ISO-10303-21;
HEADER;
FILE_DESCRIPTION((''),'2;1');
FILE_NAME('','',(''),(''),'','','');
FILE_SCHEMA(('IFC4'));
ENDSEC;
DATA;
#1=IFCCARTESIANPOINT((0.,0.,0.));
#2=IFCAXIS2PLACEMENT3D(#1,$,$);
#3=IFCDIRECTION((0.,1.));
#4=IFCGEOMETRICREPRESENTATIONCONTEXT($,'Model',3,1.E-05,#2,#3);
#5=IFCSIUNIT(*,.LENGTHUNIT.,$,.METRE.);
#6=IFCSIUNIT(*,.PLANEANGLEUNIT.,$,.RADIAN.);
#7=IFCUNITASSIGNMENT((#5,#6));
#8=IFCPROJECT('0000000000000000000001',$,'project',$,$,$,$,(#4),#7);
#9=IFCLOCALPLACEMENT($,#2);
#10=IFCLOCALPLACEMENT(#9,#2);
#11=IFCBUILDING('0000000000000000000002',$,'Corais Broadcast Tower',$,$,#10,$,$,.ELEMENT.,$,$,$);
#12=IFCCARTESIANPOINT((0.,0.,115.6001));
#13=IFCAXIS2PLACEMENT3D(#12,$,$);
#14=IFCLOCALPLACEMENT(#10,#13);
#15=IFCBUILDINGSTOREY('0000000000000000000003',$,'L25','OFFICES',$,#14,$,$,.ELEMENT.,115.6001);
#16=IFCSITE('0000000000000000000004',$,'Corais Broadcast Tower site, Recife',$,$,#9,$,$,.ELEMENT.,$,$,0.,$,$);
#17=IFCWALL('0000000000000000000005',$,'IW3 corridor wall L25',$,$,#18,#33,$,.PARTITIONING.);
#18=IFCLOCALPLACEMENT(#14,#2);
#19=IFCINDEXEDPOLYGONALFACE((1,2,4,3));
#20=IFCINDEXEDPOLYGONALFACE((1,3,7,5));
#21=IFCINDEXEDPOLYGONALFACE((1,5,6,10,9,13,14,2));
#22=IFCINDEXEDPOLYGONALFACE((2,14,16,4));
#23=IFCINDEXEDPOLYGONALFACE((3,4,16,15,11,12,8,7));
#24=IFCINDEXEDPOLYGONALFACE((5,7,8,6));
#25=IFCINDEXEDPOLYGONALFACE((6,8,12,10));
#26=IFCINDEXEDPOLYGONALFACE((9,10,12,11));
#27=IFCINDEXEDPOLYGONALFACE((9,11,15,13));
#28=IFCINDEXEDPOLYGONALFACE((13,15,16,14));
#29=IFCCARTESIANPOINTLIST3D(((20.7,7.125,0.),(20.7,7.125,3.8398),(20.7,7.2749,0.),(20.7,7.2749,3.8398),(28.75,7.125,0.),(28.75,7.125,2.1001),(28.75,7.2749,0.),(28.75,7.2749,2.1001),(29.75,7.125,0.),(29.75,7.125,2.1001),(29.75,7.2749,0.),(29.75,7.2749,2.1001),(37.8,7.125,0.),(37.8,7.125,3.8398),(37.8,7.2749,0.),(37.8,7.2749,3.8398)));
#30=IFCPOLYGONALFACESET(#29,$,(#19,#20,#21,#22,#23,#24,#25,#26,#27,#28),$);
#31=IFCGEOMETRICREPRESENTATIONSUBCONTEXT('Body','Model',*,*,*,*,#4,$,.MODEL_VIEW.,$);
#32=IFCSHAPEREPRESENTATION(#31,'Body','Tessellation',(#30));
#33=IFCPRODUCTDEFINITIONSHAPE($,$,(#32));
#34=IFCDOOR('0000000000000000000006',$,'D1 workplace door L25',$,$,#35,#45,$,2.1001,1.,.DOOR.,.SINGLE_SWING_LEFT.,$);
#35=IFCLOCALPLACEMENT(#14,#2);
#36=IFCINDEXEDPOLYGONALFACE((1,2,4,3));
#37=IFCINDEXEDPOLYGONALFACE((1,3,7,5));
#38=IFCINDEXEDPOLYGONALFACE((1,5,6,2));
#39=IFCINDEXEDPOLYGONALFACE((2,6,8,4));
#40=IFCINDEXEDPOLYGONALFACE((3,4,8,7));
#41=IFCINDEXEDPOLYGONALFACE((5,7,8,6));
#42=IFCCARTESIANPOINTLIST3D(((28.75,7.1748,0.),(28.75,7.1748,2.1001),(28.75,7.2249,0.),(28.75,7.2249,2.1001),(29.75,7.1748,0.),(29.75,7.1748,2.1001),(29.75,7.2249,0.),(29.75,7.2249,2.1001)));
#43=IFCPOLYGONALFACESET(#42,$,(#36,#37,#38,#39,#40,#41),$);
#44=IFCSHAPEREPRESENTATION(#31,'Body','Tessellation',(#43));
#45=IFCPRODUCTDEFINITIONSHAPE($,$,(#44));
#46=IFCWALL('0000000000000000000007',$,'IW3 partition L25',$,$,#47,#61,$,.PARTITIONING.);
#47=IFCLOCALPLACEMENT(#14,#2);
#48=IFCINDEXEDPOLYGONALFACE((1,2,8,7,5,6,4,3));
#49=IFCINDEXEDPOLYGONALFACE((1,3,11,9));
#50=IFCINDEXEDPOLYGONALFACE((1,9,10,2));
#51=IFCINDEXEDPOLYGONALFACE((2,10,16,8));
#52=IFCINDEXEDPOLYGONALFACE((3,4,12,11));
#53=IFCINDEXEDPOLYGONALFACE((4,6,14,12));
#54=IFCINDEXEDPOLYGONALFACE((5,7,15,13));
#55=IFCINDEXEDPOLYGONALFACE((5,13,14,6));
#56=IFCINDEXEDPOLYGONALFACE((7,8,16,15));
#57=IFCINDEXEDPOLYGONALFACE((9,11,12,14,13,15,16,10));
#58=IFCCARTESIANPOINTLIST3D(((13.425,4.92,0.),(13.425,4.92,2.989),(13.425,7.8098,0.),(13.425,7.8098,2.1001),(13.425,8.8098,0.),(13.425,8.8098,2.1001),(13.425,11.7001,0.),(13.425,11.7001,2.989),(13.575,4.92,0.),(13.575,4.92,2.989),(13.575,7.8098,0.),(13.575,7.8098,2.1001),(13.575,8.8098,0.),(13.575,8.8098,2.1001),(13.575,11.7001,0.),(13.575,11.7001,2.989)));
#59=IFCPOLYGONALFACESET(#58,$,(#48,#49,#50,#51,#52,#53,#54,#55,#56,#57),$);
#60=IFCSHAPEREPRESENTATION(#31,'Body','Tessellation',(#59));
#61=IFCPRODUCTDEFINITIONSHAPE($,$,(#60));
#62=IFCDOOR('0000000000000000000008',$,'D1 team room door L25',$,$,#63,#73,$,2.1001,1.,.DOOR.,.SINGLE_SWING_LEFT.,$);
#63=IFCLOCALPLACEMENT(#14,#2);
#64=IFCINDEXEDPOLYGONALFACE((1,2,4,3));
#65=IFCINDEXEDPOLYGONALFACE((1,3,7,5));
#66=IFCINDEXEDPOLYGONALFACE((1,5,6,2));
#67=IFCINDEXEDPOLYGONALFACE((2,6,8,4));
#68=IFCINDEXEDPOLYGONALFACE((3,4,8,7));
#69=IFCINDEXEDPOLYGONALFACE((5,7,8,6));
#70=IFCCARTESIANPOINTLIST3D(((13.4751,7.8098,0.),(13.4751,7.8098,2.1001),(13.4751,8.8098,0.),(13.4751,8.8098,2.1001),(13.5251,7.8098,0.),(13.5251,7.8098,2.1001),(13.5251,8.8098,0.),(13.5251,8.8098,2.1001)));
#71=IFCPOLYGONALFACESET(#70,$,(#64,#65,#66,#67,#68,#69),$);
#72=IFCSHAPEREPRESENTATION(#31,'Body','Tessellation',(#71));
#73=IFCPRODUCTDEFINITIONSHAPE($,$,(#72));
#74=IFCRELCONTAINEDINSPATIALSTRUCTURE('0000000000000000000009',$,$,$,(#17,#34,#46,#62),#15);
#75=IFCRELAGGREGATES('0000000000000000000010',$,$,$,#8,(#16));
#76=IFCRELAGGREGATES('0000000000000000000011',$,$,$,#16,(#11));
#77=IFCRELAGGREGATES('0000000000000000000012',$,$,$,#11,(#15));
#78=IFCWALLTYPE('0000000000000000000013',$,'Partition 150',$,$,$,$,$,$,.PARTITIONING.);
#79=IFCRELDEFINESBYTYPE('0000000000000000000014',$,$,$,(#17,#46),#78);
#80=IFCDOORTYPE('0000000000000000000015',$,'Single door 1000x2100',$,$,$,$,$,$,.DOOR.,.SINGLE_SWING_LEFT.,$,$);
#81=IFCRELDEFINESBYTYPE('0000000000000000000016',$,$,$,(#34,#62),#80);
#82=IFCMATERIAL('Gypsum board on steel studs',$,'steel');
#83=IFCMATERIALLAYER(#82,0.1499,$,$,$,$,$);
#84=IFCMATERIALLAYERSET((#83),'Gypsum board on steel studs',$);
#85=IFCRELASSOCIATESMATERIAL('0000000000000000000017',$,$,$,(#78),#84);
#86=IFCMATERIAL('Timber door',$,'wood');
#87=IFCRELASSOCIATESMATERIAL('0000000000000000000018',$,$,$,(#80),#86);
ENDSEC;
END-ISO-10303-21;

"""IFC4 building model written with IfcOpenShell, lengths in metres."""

from ifc_helpers import new_model, si_unit, direction, frame, frame_2d, origin, place, context, subcontext, project, spatial, rectangle, extrude, material, layer, layer_set, type_object, element, fill, save


model = new_model("IFC4")

# Units and contexts
model_context = context("Model", 3, precision=1e-05, world=origin(), true_north=direction((0.0, 1.0)))
body_context = subcontext(model_context, "Body", "Model", "MODEL_VIEW")
ifc_project = project(units=[si_unit("LENGTHUNIT", "METRE"), si_unit("PLANEANGLEUNIT", "RADIAN")], contexts=[model_context])

# Site, building, storey
site_placement = place(None, origin())
site = spatial("IfcSite", under=ifc_project, at=site_placement, Name="Corais Broadcast Tower site, Recife", CompositionType="ELEMENT", RefElevation=0.0)
building_placement = place(site_placement, origin())
building = spatial("IfcBuilding", under=site, at=building_placement, Name="Corais Broadcast Tower", CompositionType="ELEMENT")
storey_placement = place(building_placement, frame((0.0, 0.0, 115.6001)))
storey = spatial("IfcBuildingStorey", under=building, at=storey_placement, Name="L25", Description="OFFICES", CompositionType="ELEMENT", Elevation=115.6001)

# Walls, openings, doors
ifc_material_1 = material(Name="Gypsum board on steel studs", Category="steel")
ifc_layer_1 = layer(ifc_material_1, 0.1499)
ifc_layer_set_1 = layer_set([ifc_layer_1], Name="Gypsum board on steel studs")
wall_type = type_object("IfcWallType", Name="Partition 150", PredefinedType="PARTITIONING", material=ifc_layer_set_1)
wall_1_placement = place(storey_placement, frame((20.7, 7.2, 0.0), z_axis=(0.0, 0.0, 1.0), x_axis=(1.0, 0.0, 0.0)))
wall_1 = element("IfcWall", 1, at=wall_1_placement, inside=storey, type_object=wall_type, Name="IW3 corridor wall L25", PredefinedType="PARTITIONING", context=body_context, shape_type="SweptSolid", body=[
    extrude(rectangle(XDim=17.1001, YDim=0.1499, at=frame_2d((8.55, 0.0))), origin(), (0.0, 0.0, 1.0), 3.8398),
])
opening_1_placement = place(wall_1_placement, frame((8.05, 0.0, 0.0)))
opening_1 = element("IfcOpeningElement", 2, at=opening_1_placement, cuts=wall_1, PredefinedType="OPENING", context=body_context, shape_type="SweptSolid", body=[
    extrude(rectangle(XDim=1.0, YDim=2.1001, at=frame_2d((0.5, 1.05))), frame((0.0, 0.085, 0.0), z_axis=(0.0, -1.0, 0.0), x_axis=(1.0, 0.0, 0.0)), (0.0, 0.0, 1.0), 0.1699),
])
ifc_material_2 = material(Name="Timber door", Category="wood")
door_type = type_object("IfcDoorType", Name="Single door 1000x2100", OperationType="SINGLE_SWING_LEFT", PredefinedType="DOOR", material=ifc_material_2)
door_1_placement = place(opening_1_placement, origin())
door_1 = element("IfcDoor", 3, at=door_1_placement, inside=storey, type_object=door_type, Name="D1 workplace door L25", OperationType="SINGLE_SWING_LEFT", OverallHeight=2.1001, OverallWidth=1.0, PredefinedType="DOOR", context=body_context, shape_type="SweptSolid", body=[
    extrude(rectangle(XDim=1.0, YDim=2.1001, at=frame_2d((0.5, 1.05))), frame((0.0, 0.0249, 0.0), z_axis=(0.0, -1.0, 0.0), x_axis=(1.0, 0.0, 0.0)), (0.0, 0.0, 1.0), 0.05),
])
fill(opening_1, door_1)
wall_2_placement = place(storey_placement, frame((13.5, 4.9199, 0.0), z_axis=(0.0, 0.0, 1.0), x_axis=(0.0, 1.0, 0.0)))
wall_2 = element("IfcWall", 4, at=wall_2_placement, inside=storey, type_object=wall_type, Name="IW3 partition L25", PredefinedType="PARTITIONING", context=body_context, shape_type="SweptSolid", body=[
    extrude(rectangle(XDim=6.78, YDim=0.1499, at=frame_2d((3.3901, 0.0))), origin(), (0.0, 0.0, 1.0), 2.989),
])
opening_2_placement = place(wall_2_placement, frame((2.8899, 0.0, 0.0)))
opening_2 = element("IfcOpeningElement", 5, at=opening_2_placement, cuts=wall_2, PredefinedType="OPENING", context=body_context, shape_type="SweptSolid", body=[
    extrude(rectangle(XDim=1.0, YDim=2.1001, at=frame_2d((0.5, 1.05))), frame((0.0, 0.085, 0.0), z_axis=(0.0, -1.0, 0.0), x_axis=(1.0, 0.0, 0.0)), (0.0, 0.0, 1.0), 0.1699),
])
door_2_placement = place(opening_2_placement, origin())
door_2 = element("IfcDoor", 6, at=door_2_placement, inside=storey, type_object=door_type, Name="D1 team room door L25", OperationType="SINGLE_SWING_LEFT", OverallHeight=2.1001, OverallWidth=1.0, PredefinedType="DOOR", context=body_context, shape_type="SweptSolid", body=[
    extrude(rectangle(XDim=1.0, YDim=2.1001, at=frame_2d((0.5, 1.05))), frame((0.0, 0.0249, 0.0), z_axis=(0.0, -1.0, 0.0), x_axis=(1.0, 0.0, 0.0)), (0.0, 0.0, 1.0), 0.05),
])
fill(opening_2, door_2)

save(model, "model.ifc")
